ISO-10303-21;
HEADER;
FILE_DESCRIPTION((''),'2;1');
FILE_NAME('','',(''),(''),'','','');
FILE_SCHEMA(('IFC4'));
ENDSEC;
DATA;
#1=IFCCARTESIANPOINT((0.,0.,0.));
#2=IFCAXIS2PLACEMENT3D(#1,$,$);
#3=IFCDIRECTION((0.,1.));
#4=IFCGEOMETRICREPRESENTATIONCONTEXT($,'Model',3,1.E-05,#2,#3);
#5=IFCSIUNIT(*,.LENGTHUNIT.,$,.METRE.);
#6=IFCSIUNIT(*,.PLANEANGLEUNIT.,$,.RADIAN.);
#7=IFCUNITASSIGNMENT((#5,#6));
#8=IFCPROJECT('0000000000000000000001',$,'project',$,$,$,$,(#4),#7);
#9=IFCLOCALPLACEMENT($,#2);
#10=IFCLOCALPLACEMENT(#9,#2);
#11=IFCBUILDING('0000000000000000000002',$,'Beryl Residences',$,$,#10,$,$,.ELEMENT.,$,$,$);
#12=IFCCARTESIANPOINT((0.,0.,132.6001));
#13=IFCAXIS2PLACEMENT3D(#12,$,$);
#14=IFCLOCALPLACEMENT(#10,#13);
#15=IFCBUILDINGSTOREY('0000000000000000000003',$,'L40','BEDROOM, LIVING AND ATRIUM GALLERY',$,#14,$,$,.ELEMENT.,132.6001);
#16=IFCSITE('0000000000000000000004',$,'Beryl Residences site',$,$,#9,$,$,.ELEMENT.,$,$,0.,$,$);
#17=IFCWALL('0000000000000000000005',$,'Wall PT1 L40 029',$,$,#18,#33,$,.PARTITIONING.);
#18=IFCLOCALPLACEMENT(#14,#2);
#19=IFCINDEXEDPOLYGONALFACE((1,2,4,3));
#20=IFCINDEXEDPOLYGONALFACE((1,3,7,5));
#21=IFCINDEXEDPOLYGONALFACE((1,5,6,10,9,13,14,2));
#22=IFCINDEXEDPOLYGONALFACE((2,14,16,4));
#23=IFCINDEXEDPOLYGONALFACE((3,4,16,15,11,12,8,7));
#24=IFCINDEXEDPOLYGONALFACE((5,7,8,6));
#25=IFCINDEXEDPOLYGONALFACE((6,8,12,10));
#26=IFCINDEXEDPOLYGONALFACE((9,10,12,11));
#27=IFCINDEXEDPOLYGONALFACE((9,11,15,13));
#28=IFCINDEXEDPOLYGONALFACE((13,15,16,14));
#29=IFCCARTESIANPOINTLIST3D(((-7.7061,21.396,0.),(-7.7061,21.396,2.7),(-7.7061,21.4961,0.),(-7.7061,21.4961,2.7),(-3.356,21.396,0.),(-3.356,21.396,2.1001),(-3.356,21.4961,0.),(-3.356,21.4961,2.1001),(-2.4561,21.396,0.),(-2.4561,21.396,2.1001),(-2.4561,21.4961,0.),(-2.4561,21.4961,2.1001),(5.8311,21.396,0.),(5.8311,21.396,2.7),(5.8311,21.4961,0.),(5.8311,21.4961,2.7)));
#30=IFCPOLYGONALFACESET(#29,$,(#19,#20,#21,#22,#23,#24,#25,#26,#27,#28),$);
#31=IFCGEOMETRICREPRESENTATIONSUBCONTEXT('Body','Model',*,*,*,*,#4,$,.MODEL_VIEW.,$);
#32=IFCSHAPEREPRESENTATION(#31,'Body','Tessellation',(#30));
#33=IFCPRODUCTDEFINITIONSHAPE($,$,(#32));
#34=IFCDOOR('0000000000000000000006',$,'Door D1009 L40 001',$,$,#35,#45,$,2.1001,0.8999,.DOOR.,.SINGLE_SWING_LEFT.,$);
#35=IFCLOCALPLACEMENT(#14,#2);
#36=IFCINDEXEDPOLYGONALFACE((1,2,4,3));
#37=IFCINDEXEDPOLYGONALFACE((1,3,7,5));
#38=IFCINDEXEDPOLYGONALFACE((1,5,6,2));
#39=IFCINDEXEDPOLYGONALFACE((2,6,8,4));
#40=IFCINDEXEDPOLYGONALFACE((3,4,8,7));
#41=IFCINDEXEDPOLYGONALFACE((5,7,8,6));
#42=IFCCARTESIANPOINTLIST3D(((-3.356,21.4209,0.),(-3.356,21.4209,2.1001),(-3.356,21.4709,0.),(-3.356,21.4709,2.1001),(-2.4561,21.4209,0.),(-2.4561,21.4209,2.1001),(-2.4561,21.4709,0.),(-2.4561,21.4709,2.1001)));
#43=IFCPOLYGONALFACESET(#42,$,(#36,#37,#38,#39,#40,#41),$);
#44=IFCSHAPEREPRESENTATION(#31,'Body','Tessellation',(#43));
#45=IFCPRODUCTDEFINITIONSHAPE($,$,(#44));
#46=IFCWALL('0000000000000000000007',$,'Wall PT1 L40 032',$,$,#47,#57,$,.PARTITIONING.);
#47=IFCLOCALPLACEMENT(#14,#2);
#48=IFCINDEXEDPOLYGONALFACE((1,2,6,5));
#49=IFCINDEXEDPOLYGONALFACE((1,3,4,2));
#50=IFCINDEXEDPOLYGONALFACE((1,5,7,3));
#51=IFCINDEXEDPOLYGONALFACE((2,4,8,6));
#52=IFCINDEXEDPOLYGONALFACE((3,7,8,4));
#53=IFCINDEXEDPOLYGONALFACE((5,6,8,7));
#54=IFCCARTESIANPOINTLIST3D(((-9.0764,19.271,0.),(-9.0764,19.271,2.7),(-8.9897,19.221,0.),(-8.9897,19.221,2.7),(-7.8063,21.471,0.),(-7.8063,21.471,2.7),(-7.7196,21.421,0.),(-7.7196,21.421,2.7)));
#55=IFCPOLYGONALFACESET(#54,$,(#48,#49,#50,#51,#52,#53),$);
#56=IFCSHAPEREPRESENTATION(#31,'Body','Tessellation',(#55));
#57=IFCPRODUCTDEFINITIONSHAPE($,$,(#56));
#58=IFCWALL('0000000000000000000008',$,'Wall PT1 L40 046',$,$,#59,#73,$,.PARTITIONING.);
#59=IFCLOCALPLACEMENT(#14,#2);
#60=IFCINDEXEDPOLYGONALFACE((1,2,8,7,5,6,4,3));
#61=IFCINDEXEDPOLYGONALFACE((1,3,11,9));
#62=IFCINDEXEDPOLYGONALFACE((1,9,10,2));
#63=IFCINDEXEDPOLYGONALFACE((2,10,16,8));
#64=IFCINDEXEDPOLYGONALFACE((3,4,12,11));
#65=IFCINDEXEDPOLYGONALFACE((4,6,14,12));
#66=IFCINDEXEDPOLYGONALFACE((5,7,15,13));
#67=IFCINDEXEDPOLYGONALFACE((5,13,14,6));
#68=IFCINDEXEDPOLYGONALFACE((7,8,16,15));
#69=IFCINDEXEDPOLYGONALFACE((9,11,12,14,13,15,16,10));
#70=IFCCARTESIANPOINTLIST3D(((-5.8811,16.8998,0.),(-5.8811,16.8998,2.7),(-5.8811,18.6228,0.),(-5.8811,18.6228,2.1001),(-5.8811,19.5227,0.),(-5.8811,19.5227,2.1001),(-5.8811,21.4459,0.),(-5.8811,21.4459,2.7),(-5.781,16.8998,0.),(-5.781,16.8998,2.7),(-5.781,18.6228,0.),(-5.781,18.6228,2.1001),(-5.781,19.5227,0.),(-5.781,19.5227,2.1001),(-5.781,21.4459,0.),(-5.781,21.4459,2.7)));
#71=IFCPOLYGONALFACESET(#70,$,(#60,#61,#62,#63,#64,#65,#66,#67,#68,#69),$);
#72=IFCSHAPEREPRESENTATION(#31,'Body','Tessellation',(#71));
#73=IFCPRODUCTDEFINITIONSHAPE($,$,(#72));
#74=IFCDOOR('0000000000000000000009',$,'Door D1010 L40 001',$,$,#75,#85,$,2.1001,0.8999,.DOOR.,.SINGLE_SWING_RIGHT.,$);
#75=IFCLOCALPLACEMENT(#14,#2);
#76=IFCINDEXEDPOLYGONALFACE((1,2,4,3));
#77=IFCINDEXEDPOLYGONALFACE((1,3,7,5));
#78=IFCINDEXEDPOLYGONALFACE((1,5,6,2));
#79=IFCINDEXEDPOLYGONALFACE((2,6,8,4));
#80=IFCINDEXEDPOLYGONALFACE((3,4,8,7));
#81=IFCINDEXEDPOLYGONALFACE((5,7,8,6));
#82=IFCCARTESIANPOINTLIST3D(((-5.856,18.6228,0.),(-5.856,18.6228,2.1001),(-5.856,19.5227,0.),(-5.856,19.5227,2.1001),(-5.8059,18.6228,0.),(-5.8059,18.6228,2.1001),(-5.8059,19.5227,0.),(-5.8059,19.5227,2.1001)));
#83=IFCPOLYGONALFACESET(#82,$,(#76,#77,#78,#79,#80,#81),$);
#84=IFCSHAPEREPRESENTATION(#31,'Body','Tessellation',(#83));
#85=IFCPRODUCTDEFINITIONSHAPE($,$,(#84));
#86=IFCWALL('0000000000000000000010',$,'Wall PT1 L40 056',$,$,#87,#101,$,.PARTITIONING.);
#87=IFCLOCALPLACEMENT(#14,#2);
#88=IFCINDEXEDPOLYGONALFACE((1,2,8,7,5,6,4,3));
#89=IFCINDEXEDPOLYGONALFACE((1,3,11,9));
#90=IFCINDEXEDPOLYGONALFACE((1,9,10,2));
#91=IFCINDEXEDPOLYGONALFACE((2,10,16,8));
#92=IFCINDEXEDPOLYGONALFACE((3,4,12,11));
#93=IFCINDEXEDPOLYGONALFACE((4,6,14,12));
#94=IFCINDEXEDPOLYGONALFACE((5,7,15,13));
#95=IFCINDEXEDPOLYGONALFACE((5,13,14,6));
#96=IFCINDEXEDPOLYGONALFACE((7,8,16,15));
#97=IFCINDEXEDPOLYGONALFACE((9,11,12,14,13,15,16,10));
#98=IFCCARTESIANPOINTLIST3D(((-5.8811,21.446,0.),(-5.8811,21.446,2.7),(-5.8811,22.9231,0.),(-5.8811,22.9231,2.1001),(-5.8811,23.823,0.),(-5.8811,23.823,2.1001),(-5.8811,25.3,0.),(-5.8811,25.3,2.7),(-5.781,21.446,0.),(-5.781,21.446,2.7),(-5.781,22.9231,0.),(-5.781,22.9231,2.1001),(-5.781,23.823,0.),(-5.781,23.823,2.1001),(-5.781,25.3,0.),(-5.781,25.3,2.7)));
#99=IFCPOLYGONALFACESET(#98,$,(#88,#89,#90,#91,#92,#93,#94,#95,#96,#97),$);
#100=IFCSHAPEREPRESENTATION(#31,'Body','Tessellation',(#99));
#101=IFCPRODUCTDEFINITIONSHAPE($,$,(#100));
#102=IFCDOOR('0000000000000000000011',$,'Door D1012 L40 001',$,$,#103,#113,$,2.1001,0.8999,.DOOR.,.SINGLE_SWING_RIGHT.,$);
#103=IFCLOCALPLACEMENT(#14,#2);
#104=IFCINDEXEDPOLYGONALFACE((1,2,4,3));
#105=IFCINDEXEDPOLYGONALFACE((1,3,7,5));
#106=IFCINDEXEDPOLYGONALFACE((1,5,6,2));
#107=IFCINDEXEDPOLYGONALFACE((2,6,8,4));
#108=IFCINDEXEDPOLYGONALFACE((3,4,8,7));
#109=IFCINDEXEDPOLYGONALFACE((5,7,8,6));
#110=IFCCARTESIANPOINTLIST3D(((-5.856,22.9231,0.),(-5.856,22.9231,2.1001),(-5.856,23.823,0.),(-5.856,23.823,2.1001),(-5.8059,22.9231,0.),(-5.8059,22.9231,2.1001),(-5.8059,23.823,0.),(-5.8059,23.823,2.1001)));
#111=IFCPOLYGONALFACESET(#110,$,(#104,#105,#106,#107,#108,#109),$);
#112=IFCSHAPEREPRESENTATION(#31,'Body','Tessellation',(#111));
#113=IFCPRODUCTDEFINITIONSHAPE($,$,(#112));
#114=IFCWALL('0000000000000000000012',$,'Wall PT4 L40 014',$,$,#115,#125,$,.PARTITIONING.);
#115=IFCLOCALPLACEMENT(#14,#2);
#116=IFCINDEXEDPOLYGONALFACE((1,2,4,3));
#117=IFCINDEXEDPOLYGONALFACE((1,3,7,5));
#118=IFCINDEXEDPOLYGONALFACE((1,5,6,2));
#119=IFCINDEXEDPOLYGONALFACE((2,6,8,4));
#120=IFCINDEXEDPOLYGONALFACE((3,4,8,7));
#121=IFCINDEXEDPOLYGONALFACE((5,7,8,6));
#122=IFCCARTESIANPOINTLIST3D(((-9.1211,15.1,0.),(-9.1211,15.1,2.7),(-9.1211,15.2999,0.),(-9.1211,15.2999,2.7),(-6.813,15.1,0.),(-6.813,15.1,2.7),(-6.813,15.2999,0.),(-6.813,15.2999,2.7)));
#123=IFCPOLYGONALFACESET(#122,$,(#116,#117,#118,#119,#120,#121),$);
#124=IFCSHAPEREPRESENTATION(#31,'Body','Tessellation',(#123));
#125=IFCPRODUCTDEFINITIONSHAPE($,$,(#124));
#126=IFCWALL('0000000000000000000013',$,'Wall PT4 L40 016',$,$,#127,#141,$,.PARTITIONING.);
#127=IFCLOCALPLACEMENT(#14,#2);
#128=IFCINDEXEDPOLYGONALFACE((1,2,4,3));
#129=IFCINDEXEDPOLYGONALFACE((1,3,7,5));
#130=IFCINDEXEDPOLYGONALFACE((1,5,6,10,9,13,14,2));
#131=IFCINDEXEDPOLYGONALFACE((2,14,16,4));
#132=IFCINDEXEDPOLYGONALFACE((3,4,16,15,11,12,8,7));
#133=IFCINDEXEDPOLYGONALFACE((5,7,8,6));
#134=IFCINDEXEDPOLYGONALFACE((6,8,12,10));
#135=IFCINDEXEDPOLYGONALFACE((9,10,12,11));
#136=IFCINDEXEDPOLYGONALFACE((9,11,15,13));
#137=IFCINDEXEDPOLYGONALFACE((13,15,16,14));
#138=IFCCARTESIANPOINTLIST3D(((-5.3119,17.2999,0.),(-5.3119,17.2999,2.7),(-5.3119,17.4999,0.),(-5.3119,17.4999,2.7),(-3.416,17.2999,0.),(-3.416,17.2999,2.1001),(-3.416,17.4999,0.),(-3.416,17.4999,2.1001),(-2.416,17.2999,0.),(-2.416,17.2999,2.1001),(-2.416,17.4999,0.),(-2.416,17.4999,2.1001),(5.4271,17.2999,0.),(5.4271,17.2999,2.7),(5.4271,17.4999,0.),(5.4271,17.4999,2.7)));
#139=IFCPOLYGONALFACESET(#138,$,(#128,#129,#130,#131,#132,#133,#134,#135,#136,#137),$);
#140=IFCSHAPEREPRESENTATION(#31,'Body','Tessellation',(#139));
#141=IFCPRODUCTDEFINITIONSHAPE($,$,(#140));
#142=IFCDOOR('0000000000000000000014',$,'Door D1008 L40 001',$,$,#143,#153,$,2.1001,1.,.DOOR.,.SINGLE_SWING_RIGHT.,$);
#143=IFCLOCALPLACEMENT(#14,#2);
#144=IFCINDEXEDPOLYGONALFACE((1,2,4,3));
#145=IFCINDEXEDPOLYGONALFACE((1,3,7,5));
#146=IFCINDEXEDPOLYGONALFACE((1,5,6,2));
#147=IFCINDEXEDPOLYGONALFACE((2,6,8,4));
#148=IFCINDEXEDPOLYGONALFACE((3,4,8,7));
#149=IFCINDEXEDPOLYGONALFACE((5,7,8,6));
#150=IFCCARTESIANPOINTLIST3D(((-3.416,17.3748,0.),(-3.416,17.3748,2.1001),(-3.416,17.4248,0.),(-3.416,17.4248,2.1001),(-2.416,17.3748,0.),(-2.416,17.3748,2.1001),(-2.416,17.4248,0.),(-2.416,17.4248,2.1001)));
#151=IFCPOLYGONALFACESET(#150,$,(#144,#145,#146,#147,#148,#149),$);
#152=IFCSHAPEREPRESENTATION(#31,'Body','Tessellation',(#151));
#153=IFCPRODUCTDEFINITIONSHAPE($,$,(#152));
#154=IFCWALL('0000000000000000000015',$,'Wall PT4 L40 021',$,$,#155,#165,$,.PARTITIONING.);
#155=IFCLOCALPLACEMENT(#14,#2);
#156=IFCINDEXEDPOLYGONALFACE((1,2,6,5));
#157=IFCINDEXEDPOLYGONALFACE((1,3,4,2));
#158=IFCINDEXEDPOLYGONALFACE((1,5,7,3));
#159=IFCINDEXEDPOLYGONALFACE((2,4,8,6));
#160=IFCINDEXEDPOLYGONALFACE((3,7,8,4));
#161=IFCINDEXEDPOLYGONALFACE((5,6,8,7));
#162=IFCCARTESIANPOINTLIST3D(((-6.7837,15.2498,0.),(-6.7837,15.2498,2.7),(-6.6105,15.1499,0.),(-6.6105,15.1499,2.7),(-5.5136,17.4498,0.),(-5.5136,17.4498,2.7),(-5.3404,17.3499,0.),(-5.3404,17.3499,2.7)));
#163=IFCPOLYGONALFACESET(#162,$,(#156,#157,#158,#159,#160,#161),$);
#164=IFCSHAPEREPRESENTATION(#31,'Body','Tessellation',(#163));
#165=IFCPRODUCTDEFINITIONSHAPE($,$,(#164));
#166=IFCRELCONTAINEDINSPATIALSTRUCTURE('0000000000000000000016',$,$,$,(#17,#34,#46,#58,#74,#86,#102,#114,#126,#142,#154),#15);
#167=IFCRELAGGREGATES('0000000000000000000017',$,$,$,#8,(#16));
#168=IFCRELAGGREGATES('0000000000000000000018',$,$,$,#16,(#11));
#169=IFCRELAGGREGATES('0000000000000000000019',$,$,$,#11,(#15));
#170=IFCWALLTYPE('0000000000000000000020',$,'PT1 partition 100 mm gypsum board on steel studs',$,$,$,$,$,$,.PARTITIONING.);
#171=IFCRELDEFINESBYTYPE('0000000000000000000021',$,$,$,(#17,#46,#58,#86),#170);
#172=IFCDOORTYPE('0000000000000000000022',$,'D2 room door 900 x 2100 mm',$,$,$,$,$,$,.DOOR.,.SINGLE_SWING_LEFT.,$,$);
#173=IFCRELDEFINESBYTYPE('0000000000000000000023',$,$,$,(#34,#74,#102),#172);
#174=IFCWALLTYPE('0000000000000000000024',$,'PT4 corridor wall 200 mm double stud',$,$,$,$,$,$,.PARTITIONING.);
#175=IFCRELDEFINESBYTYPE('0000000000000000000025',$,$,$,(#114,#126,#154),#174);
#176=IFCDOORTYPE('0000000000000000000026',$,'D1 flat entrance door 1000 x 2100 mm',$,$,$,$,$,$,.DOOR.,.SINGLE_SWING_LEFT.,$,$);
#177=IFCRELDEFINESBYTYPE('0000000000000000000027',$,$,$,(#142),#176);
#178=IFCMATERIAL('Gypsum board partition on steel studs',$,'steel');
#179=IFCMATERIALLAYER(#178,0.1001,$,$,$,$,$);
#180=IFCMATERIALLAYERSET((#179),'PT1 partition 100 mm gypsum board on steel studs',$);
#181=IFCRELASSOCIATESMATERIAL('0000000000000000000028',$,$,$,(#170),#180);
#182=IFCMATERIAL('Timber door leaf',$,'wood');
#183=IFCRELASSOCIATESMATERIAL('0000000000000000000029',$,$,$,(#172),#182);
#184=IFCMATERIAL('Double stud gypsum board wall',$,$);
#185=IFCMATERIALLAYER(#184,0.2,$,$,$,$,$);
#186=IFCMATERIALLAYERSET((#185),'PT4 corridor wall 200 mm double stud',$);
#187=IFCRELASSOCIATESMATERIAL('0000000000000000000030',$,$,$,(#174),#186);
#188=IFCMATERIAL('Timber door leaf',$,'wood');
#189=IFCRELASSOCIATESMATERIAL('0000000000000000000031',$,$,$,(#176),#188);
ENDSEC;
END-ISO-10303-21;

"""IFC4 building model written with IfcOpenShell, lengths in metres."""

from ifc_helpers import new_model, si_unit, direction, frame, frame_2d, origin, place, context, subcontext, project, spatial, rectangle, extrude, material, layer, layer_set, type_object, element, fill, save


model = new_model("IFC4")

# Units and contexts
model_context = context("Model", 3, precision=1e-05, world=origin(), true_north=direction((0.0, 1.0)))
body_context = subcontext(model_context, "Body", "Model", "MODEL_VIEW")
ifc_project = project(units=[si_unit("LENGTHUNIT", "METRE"), si_unit("PLANEANGLEUNIT", "RADIAN")], contexts=[model_context])

# Site, building, storey
site_placement = place(None, origin())
site = spatial("IfcSite", under=ifc_project, at=site_placement, Name="Beryl Residences site", CompositionType="ELEMENT", RefElevation=0.0)
building_placement = place(site_placement, origin())
building = spatial("IfcBuilding", under=site, at=building_placement, Name="Beryl Residences", CompositionType="ELEMENT")
storey_placement = place(building_placement, frame((0.0, 0.0, 132.6001)))
storey = spatial("IfcBuildingStorey", under=building, at=storey_placement, Name="L40", Description="BEDROOM, LIVING AND ATRIUM GALLERY", CompositionType="ELEMENT", Elevation=132.6001)

# Shared definitions
ifc_material_1 = material(Name="Gypsum board partition on steel studs", Category="steel")
ifc_layer_1 = layer(ifc_material_1, 0.1001)
ifc_layer_set_1 = layer_set([ifc_layer_1], Name="PT1 partition 100 mm gypsum board on steel studs")
wall_type_1 = type_object("IfcWallType", Name="PT1 partition 100 mm gypsum board on steel studs", PredefinedType="PARTITIONING", material=ifc_layer_set_1)

# Wall, opening, door
wall_1_placement = place(storey_placement, frame((-7.7061, 21.446, 0.0), z_axis=(0.0, 0.0, 1.0), x_axis=(1.0, 0.0, 0.0)))
wall_1 = element("IfcWall", 1, at=wall_1_placement, inside=storey, type_object=wall_type_1, Name="Wall PT1 L40 029", PredefinedType="PARTITIONING", context=body_context, shape_type="SweptSolid", body=[
    extrude(rectangle(XDim=13.5371, YDim=0.1001, at=frame_2d((6.7686, 0.0))), origin(), (0.0, 0.0, 1.0), 2.7),
])
opening_1_placement = place(wall_1_placement, frame((4.3501, 0.0, 0.0)))
opening_1 = element("IfcOpeningElement", 2, at=opening_1_placement, cuts=wall_1, PredefinedType="OPENING", context=body_context, shape_type="SweptSolid", body=[
    extrude(rectangle(XDim=0.8999, YDim=2.1001, at=frame_2d((0.45, 1.05))), frame((0.0, 0.0601, 0.0), z_axis=(0.0, -1.0, 0.0), x_axis=(1.0, 0.0, 0.0)), (0.0, 0.0, 1.0), 0.1201),
])
ifc_material_2 = material(Name="Timber door leaf", Category="wood")
door_type_1 = type_object("IfcDoorType", Name="D2 room door 900 x 2100 mm", OperationType="SINGLE_SWING_LEFT", PredefinedType="DOOR", material=ifc_material_2)
door_1_placement = place(opening_1_placement, origin())
door_1 = element("IfcDoor", 3, at=door_1_placement, inside=storey, type_object=door_type_1, Name="Door D1009 L40 001", OperationType="SINGLE_SWING_LEFT", OverallHeight=2.1001, OverallWidth=0.8999, PredefinedType="DOOR", context=body_context, shape_type="SweptSolid", body=[
    extrude(rectangle(XDim=0.8999, YDim=2.1001, at=frame_2d((0.45, 1.05))), frame((0.0, 0.0249, 0.0), z_axis=(0.0, -1.0, 0.0), x_axis=(1.0, 0.0, 0.0)), (0.0, 0.0, 1.0), 0.05),
])
fill(opening_1, door_1)

# Wall
wall_2_placement = place(storey_placement, frame((-9.033, 19.2461, 0.0), z_axis=(0.0, 0.0, 1.0), x_axis=(0.499964, 0.866046, 0.0)))
element("IfcWall", 4, at=wall_2_placement, inside=storey, type_object=wall_type_1, Name="Wall PT1 L40 032", PredefinedType="PARTITIONING", context=body_context, shape_type="SweptSolid", body=[
    extrude(rectangle(XDim=2.5403, YDim=0.1001, at=frame_2d((1.27, 0.0))), origin(), (0.0, 0.0, 1.0), 2.7),
])

# Walls, openings, doors
wall_3_placement = place(storey_placement, frame((-5.8311, 16.8999, 0.0), z_axis=(0.0, 0.0, 1.0), x_axis=(0.0, 1.0, 0.0)))
wall_3 = element("IfcWall", 5, at=wall_3_placement, inside=storey, type_object=wall_type_1, Name="Wall PT1 L40 046", PredefinedType="PARTITIONING", context=body_context, shape_type="SweptSolid", body=[
    extrude(rectangle(XDim=4.5461, YDim=0.1001, at=frame_2d((2.2729, 0.0))), origin(), (0.0, 0.0, 1.0), 2.7),
])
opening_2_placement = place(wall_3_placement, frame((1.7229, 0.0, 0.0)))
opening_2 = element("IfcOpeningElement", 6, at=opening_2_placement, cuts=wall_3, PredefinedType="OPENING", context=body_context, shape_type="SweptSolid", body=[
    extrude(rectangle(XDim=0.8999, YDim=2.1001, at=frame_2d((0.45, 1.05))), frame((0.0, 0.0601, 0.0), z_axis=(0.0, -1.0, 0.0), x_axis=(1.0, 0.0, 0.0)), (0.0, 0.0, 1.0), 0.1201),
])
door_2_placement = place(opening_2_placement, origin())
door_2 = element("IfcDoor", 7, at=door_2_placement, inside=storey, type_object=door_type_1, Name="Door D1010 L40 001", OperationType="SINGLE_SWING_RIGHT", OverallHeight=2.1001, OverallWidth=0.8999, PredefinedType="DOOR", context=body_context, shape_type="SweptSolid", body=[
    extrude(rectangle(XDim=0.8999, YDim=2.1001, at=frame_2d((0.45, 1.05))), frame((0.0, 0.0249, 0.0), z_axis=(0.0, -1.0, 0.0), x_axis=(1.0, 0.0, 0.0)), (0.0, 0.0, 1.0), 0.05),
])
fill(opening_2, door_2)
wall_4_placement = place(storey_placement, frame((-5.8311, 21.446, 0.0), z_axis=(0.0, 0.0, 1.0), x_axis=(0.0, 1.0, 0.0)))
wall_4 = element("IfcWall", 8, at=wall_4_placement, inside=storey, type_object=wall_type_1, Name="Wall PT1 L40 056", PredefinedType="PARTITIONING", context=body_context, shape_type="SweptSolid", body=[
    extrude(rectangle(XDim=3.854, YDim=0.1001, at=frame_2d((1.927, 0.0))), origin(), (0.0, 0.0, 1.0), 2.7),
])
opening_3_placement = place(wall_4_placement, frame((1.4771, 0.0, 0.0)))
opening_3 = element("IfcOpeningElement", 9, at=opening_3_placement, cuts=wall_4, PredefinedType="OPENING", context=body_context, shape_type="SweptSolid", body=[
    extrude(rectangle(XDim=0.8999, YDim=2.1001, at=frame_2d((0.45, 1.05))), frame((0.0, 0.0601, 0.0), z_axis=(0.0, -1.0, 0.0), x_axis=(1.0, 0.0, 0.0)), (0.0, 0.0, 1.0), 0.1201),
])
door_3_placement = place(opening_3_placement, origin())
door_3 = element("IfcDoor", 10, at=door_3_placement, inside=storey, type_object=door_type_1, Name="Door D1012 L40 001", OperationType="SINGLE_SWING_RIGHT", OverallHeight=2.1001, OverallWidth=0.8999, PredefinedType="DOOR", context=body_context, shape_type="SweptSolid", body=[
    extrude(rectangle(XDim=0.8999, YDim=2.1001, at=frame_2d((0.45, 1.05))), frame((0.0, 0.0249, 0.0), z_axis=(0.0, -1.0, 0.0), x_axis=(1.0, 0.0, 0.0)), (0.0, 0.0, 1.0), 0.05),
])
fill(opening_3, door_3)

# Wall
ifc_material_3 = material(Name="Double stud gypsum board wall")
ifc_layer_2 = layer(ifc_material_3, 0.2)
ifc_layer_set_2 = layer_set([ifc_layer_2], Name="PT4 corridor wall 200 mm double stud")
wall_type_2 = type_object("IfcWallType", Name="PT4 corridor wall 200 mm double stud", PredefinedType="PARTITIONING", material=ifc_layer_set_2)
wall_5_placement = place(storey_placement, frame((-9.1211, 15.2, 0.0), z_axis=(0.0, 0.0, 1.0), x_axis=(1.0, 0.0, 0.0)))
element("IfcWall", 11, at=wall_5_placement, inside=storey, type_object=wall_type_2, Name="Wall PT4 L40 014", PredefinedType="PARTITIONING", context=body_context, shape_type="SweptSolid", body=[
    extrude(rectangle(XDim=2.3081, YDim=0.2, at=frame_2d((1.1541, 0.0))), origin(), (0.0, 0.0, 1.0), 2.7),
])

# Wall, opening, door
wall_6_placement = place(storey_placement, frame((-5.312, 17.3999, 0.0), z_axis=(0.0, 0.0, 1.0), x_axis=(1.0, 0.0, 0.0)))
wall_6 = element("IfcWall", 12, at=wall_6_placement, inside=storey, type_object=wall_type_2, Name="Wall PT4 L40 016", PredefinedType="PARTITIONING", context=body_context, shape_type="SweptSolid", body=[
    extrude(rectangle(XDim=10.739, YDim=0.2, at=frame_2d((5.3696, 0.0))), origin(), (0.0, 0.0, 1.0), 2.7),
])
opening_4_placement = place(wall_6_placement, frame((1.896, 0.0, 0.0)))
opening_4 = element("IfcOpeningElement", 13, at=opening_4_placement, cuts=wall_6, PredefinedType="OPENING", context=body_context, shape_type="SweptSolid", body=[
    extrude(rectangle(XDim=1.0, YDim=2.1001, at=frame_2d((0.5, 1.05))), frame((0.0, 0.1099, 0.0), z_axis=(0.0, -1.0, 0.0), x_axis=(1.0, 0.0, 0.0)), (0.0, 0.0, 1.0), 0.22),
])
ifc_material_4 = material(Name="Timber door leaf", Category="wood")
door_type_2 = type_object("IfcDoorType", Name="D1 flat entrance door 1000 x 2100 mm", OperationType="SINGLE_SWING_LEFT", PredefinedType="DOOR", material=ifc_material_4)
door_4_placement = place(opening_4_placement, origin())
door_4 = element("IfcDoor", 14, at=door_4_placement, inside=storey, type_object=door_type_2, Name="Door D1008 L40 001", OperationType="SINGLE_SWING_RIGHT", OverallHeight=2.1001, OverallWidth=1.0, PredefinedType="DOOR", context=body_context, shape_type="SweptSolid", body=[
    extrude(rectangle(XDim=1.0, YDim=2.1001, at=frame_2d((0.5, 1.05))), frame((0.0, 0.0249, 0.0), z_axis=(0.0, -1.0, 0.0), x_axis=(1.0, 0.0, 0.0)), (0.0, 0.0, 1.0), 0.05),
])
fill(opening_4, door_4)

# Wall
wall_7_placement = place(storey_placement, frame((-6.697, 15.2, 0.0), z_axis=(0.0, 0.0, 1.0), x_axis=(0.499964, 0.866046, 0.0)))
element("IfcWall", 15, at=wall_7_placement, inside=storey, type_object=wall_type_2, Name="Wall PT4 L40 021", PredefinedType="PARTITIONING", context=body_context, shape_type="SweptSolid", body=[
    extrude(rectangle(XDim=2.5403, YDim=0.2, at=frame_2d((1.27, 0.0))), origin(), (0.0, 0.0, 1.0), 2.7),
])

save(model, "model.ifc")
